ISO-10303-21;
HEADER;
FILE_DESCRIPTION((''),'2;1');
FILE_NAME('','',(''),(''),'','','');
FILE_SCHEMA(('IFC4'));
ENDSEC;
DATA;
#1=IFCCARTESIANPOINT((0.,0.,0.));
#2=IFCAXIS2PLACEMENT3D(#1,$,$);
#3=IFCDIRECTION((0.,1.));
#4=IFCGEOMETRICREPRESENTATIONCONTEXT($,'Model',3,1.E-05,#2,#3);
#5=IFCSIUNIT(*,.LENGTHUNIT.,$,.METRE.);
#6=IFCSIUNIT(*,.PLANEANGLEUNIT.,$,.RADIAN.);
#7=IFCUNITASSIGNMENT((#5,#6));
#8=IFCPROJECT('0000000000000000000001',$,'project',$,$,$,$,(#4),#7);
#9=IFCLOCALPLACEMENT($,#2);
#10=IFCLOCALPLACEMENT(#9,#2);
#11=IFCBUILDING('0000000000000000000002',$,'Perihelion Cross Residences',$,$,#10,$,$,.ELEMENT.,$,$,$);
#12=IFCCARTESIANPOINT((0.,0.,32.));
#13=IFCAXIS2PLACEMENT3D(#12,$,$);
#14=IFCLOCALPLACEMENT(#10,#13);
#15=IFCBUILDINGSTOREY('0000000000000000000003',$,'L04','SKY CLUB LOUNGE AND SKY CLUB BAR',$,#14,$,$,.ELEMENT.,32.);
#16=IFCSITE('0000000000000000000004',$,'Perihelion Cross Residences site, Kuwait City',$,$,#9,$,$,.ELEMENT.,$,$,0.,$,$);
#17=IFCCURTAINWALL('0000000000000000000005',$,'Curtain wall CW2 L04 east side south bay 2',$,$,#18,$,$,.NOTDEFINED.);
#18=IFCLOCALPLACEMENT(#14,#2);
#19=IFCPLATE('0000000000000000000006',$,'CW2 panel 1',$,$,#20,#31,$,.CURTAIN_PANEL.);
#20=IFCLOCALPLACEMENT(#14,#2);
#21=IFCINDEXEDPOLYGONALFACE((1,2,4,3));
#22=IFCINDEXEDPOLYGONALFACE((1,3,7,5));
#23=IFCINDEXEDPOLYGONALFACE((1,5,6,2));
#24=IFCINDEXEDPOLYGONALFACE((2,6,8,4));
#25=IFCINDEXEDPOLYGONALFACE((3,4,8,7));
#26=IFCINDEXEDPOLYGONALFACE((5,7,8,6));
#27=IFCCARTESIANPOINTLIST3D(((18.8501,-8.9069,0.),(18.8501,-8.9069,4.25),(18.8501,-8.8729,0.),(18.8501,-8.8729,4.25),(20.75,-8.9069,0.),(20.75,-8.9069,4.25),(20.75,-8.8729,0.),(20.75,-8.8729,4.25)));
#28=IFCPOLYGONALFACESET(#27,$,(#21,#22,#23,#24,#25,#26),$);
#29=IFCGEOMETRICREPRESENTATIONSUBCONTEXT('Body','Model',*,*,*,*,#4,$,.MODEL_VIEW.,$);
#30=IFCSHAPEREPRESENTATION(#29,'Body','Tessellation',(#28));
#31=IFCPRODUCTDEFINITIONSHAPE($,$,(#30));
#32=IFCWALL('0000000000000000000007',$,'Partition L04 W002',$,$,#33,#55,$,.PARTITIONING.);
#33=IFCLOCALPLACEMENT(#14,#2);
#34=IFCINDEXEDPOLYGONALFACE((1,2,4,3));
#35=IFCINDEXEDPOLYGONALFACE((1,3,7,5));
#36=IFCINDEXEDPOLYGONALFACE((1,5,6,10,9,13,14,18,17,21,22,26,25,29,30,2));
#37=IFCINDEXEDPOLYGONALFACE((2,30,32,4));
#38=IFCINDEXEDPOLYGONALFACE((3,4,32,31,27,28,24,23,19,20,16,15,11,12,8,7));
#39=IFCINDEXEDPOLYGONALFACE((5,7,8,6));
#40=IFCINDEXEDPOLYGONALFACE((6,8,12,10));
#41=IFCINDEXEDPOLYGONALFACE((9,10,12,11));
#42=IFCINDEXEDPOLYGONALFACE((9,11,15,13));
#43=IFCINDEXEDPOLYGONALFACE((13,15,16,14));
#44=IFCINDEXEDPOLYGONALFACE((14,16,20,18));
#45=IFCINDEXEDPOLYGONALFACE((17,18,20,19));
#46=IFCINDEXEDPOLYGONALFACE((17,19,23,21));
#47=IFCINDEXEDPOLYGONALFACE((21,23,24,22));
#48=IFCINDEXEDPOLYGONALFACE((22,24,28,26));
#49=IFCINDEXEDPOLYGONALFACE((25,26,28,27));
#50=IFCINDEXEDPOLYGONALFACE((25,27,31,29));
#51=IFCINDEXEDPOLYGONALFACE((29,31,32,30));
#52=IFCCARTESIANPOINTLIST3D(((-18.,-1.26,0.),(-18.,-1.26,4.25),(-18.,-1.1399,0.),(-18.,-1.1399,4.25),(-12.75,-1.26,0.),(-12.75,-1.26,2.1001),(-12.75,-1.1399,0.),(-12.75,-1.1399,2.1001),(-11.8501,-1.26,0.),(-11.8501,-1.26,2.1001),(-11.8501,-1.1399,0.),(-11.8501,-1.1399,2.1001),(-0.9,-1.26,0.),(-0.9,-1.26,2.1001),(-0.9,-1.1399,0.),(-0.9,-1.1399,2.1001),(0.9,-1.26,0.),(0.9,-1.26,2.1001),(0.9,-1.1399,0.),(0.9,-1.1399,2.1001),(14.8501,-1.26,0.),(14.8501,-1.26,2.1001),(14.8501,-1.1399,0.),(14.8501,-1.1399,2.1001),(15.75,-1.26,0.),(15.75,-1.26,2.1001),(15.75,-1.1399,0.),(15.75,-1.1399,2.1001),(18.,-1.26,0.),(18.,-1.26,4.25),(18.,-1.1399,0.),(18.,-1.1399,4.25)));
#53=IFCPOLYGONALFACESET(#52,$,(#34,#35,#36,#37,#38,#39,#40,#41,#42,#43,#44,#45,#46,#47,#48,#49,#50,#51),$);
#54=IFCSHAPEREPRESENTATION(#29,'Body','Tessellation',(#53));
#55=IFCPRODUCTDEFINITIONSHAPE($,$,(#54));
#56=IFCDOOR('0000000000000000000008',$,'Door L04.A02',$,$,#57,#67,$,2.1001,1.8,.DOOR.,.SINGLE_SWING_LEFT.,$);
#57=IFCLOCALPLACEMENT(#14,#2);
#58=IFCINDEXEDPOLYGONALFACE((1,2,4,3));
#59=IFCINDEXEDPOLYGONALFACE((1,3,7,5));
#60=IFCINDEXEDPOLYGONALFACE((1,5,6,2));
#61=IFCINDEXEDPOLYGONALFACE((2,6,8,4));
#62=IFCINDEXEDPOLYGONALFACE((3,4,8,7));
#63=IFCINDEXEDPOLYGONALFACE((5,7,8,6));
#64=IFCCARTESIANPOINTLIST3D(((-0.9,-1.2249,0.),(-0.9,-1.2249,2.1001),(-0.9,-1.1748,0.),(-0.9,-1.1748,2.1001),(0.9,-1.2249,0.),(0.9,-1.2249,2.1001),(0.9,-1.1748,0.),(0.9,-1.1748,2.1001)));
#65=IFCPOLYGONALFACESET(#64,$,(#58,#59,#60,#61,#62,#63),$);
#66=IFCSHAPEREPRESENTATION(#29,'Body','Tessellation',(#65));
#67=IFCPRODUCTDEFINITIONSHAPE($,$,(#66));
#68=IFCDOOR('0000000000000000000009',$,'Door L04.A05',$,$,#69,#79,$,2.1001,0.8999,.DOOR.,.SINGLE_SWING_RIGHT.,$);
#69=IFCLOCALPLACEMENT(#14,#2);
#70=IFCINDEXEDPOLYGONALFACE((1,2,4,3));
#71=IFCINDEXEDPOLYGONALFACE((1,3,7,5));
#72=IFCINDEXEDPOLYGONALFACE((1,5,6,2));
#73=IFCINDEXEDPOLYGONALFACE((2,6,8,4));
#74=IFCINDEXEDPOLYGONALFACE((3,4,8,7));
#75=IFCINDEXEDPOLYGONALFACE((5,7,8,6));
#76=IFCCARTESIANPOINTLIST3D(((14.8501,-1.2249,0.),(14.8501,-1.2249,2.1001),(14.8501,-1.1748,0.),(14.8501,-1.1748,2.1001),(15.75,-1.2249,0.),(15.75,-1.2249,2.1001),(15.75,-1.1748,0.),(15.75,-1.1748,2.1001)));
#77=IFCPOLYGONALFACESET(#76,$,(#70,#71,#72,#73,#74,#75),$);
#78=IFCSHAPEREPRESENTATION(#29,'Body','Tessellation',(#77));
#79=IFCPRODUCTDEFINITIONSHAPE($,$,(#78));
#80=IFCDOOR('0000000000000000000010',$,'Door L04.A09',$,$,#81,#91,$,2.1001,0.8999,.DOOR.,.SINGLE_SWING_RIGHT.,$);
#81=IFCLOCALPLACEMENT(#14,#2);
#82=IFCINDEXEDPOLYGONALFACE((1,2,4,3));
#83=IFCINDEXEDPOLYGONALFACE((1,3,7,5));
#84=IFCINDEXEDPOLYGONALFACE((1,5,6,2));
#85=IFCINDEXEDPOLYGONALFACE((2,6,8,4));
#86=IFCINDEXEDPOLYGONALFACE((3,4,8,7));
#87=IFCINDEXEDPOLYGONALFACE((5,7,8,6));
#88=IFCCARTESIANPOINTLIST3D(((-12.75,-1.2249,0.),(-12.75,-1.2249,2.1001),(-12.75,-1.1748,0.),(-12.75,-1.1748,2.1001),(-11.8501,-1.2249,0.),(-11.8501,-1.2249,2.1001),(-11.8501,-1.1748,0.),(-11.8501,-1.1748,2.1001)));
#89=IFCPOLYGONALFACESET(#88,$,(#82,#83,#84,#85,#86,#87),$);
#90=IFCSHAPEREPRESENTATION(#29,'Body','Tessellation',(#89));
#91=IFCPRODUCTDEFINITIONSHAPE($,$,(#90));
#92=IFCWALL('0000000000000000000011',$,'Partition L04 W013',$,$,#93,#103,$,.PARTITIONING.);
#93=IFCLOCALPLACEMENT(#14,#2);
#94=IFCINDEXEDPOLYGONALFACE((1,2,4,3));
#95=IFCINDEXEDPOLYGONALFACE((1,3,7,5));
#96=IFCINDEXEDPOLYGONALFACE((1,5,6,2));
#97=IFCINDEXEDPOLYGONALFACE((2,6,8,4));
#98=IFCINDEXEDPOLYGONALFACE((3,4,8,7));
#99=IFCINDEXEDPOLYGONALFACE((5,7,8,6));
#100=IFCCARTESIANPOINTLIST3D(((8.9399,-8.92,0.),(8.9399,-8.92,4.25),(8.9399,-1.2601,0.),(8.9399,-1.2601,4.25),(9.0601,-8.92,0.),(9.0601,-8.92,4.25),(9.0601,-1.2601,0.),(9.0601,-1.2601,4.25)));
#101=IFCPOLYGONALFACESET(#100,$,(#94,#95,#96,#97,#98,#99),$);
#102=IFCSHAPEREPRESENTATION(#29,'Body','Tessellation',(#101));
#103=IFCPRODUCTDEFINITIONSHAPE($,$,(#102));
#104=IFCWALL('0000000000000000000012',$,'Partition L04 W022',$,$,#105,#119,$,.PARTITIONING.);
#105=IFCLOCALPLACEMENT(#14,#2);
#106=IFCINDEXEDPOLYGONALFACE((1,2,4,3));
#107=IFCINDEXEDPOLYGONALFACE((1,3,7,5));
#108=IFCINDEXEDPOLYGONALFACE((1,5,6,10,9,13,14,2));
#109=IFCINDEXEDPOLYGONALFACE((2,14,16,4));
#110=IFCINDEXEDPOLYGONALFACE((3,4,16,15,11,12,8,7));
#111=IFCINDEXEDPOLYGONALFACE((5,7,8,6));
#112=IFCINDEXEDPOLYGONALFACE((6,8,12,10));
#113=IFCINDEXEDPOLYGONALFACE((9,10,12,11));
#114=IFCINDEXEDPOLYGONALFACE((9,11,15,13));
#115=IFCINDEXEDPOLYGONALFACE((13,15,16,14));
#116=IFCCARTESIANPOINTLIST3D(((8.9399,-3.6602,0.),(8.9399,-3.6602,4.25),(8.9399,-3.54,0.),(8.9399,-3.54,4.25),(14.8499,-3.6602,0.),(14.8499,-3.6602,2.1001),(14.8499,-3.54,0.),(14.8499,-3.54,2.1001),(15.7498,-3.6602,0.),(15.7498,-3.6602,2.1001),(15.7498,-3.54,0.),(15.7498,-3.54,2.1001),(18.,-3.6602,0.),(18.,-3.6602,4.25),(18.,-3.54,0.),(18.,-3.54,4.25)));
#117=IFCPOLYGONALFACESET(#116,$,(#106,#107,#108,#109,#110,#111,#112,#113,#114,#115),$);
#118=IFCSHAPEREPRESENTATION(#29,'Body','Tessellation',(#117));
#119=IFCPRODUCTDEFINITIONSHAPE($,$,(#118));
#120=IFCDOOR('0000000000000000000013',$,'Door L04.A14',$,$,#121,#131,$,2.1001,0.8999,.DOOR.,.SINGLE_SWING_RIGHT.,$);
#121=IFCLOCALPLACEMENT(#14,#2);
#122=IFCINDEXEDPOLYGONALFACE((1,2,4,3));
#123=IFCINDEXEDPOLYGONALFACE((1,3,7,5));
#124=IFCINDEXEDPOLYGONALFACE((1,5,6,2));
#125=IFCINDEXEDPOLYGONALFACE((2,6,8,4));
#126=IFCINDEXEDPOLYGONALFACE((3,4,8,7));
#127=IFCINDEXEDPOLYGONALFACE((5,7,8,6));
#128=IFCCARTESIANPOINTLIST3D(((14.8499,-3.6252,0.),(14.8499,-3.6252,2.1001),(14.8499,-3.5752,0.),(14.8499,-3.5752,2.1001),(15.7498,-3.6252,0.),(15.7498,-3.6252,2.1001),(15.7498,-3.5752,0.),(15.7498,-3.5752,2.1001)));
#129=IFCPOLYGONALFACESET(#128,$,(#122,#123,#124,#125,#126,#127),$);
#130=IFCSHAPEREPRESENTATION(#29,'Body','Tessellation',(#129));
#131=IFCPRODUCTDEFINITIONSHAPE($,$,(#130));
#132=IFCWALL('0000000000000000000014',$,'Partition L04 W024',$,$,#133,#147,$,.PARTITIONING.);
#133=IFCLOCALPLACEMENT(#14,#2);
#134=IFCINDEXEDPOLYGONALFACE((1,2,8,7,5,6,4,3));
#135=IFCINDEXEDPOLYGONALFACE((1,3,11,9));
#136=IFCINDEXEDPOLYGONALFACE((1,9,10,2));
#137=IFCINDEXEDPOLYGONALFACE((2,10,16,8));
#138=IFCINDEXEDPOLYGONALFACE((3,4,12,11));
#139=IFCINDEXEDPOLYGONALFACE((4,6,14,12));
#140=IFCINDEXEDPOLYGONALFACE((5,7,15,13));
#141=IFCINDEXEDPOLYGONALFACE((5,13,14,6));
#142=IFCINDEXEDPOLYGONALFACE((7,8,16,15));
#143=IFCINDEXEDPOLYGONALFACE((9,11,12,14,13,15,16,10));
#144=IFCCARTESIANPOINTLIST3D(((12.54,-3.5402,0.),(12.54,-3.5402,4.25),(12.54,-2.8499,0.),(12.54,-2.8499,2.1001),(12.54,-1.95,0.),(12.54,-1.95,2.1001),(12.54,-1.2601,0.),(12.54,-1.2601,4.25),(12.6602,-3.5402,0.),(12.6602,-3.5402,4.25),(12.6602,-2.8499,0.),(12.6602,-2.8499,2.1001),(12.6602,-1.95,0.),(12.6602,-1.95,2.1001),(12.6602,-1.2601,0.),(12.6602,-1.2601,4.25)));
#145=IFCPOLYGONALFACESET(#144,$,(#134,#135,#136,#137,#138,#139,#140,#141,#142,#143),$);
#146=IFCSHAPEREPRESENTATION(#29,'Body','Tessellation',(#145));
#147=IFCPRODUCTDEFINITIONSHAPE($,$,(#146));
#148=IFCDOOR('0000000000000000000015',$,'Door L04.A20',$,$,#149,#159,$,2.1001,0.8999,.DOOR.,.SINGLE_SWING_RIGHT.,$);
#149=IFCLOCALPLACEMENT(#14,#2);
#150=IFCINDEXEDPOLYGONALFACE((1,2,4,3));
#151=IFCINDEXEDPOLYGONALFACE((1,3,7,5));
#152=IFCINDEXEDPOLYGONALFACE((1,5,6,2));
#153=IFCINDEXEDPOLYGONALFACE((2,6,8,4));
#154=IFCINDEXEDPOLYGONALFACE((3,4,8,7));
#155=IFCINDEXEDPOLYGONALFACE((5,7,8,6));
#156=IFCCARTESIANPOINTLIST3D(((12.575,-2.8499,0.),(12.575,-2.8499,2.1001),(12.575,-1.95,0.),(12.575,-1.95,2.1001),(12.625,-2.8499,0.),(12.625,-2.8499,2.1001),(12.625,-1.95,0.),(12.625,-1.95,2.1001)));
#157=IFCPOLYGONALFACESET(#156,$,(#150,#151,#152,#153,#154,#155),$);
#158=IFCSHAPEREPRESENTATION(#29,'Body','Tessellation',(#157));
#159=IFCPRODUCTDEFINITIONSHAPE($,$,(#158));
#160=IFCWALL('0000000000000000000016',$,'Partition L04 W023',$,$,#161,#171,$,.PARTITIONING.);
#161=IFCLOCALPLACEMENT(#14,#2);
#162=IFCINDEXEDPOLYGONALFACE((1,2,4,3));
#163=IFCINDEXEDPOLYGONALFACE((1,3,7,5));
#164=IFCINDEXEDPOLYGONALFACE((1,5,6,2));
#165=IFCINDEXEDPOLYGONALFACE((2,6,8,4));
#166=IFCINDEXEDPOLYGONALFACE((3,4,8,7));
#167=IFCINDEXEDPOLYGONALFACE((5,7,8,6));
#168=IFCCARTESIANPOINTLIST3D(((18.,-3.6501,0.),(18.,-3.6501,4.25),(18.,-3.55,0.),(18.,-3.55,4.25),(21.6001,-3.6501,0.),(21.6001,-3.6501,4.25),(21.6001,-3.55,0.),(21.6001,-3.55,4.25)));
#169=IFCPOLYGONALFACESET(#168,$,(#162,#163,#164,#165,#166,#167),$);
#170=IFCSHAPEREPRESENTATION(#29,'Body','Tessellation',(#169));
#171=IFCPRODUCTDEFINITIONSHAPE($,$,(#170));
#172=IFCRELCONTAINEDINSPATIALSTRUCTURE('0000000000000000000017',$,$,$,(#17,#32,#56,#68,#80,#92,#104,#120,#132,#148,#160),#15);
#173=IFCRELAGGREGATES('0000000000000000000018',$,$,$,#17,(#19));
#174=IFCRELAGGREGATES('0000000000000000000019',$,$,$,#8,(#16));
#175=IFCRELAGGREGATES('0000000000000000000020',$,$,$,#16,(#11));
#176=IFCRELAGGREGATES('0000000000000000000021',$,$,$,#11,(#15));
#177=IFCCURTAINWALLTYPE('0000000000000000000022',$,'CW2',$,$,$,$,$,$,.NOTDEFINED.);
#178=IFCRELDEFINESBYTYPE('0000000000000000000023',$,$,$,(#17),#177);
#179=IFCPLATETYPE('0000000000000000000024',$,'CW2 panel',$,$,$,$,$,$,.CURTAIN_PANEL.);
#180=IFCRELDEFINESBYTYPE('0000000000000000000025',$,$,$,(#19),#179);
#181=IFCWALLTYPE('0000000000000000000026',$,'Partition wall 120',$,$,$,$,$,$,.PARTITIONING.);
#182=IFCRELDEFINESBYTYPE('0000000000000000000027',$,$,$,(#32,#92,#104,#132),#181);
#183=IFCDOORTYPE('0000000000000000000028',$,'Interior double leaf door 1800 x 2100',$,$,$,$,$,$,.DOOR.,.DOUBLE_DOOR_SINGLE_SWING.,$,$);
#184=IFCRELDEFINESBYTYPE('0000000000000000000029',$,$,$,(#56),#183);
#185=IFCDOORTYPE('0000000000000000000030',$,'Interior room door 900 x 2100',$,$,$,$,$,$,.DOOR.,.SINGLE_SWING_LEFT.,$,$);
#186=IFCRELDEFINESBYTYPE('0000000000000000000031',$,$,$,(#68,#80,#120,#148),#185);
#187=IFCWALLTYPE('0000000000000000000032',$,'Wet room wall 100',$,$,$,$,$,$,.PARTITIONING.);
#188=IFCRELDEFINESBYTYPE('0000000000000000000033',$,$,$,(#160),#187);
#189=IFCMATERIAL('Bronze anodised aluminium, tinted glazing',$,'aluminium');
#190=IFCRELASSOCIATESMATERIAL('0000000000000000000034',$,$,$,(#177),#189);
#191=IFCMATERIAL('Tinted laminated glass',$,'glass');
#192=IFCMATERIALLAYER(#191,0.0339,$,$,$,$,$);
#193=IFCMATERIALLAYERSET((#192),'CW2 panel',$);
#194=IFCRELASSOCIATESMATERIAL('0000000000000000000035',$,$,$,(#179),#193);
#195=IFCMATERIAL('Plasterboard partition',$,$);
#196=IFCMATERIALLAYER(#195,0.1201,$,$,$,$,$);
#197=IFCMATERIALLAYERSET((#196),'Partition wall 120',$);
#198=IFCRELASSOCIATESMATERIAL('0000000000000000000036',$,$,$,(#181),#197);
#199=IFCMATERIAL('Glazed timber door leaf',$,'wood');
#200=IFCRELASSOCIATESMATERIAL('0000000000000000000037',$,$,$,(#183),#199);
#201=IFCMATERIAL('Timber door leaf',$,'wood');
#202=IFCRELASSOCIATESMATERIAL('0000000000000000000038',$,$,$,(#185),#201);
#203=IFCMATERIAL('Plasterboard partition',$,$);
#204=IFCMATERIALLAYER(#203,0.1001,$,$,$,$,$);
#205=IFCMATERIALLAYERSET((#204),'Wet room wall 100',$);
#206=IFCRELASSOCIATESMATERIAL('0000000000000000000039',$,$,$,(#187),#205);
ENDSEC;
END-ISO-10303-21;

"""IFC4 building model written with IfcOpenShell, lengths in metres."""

from ifc_helpers import new_model, si_unit, direction, frame, frame_2d, origin, origin_2d, place, context, subcontext, project, spatial, rectangle, extrude, material, layer, layer_set, type_object, element, fill, aggregate, save


model = new_model("IFC4")

# Units and contexts
model_context = context("Model", 3, precision=1e-05, world=origin(), true_north=direction((0.0, 1.0)))
body_context = subcontext(model_context, "Body", "Model", "MODEL_VIEW")
ifc_project = project(units=[si_unit("LENGTHUNIT", "METRE"), si_unit("PLANEANGLEUNIT", "RADIAN")], contexts=[model_context])

# Site, building, storey
site_placement = place(None, origin())
site = spatial("IfcSite", under=ifc_project, at=site_placement, Name="Perihelion Cross Residences site, Kuwait City", CompositionType="ELEMENT", RefElevation=0.0)
building_placement = place(site_placement, origin())
building = spatial("IfcBuilding", under=site, at=building_placement, Name="Perihelion Cross Residences", CompositionType="ELEMENT")
storey_placement = place(building_placement, frame((0.0, 0.0, 32.0)))
storey = spatial("IfcBuildingStorey", under=building, at=storey_placement, Name="L04", Description="SKY CLUB LOUNGE AND SKY CLUB BAR", CompositionType="ELEMENT", Elevation=32.0)

# Curtain wall
ifc_material_1 = material(Name="Bronze anodised aluminium, tinted glazing", Category="aluminium")
curtain_wall_type = type_object("IfcCurtainWallType", Name="CW2", PredefinedType="NOTDEFINED", material=ifc_material_1)
curtain_wall_1_placement = place(storey_placement, origin())
curtain_wall_1 = element("IfcCurtainWall", 1, at=curtain_wall_1_placement, inside=storey, type_object=curtain_wall_type, Name="Curtain wall CW2 L04 east side south bay 2", PredefinedType="NOTDEFINED")

# Plate
ifc_material_2 = material(Name="Tinted laminated glass", Category="glass")
ifc_layer_1 = layer(ifc_material_2, 0.0339)
ifc_layer_set_1 = layer_set([ifc_layer_1], Name="CW2 panel")
plate_type = type_object("IfcPlateType", Name="CW2 panel", PredefinedType="CURTAIN_PANEL", material=ifc_layer_set_1)
plate_1_placement = place(storey_placement, frame((19.8, -8.8899, 0.0), z_axis=(0.0, 0.0, 1.0), x_axis=(1.0, 0.0, 0.0)))
plate_1 = element("IfcPlate", 2, at=plate_1_placement, type_object=plate_type, Name="CW2 panel 1", PredefinedType="CURTAIN_PANEL", context=body_context, shape_type="SweptSolid", body=[
    extrude(rectangle(XDim=1.8999, YDim=0.0339, at=origin_2d()), origin(), (0.0, 0.0, 1.0), 4.25),
])
aggregate(curtain_wall_1, [plate_1])

# Wall, openings, doors
ifc_material_3 = material(Name="Plasterboard partition")
ifc_layer_2 = layer(ifc_material_3, 0.1201)
ifc_layer_set_2 = layer_set([ifc_layer_2], Name="Partition wall 120")
wall_type_1 = type_object("IfcWallType", Name="Partition wall 120", PredefinedType="PARTITIONING", material=ifc_layer_set_2)
wall_1_placement = place(storey_placement, frame((18.0, -1.2, 0.0), z_axis=(0.0, 0.0, 1.0), x_axis=(-1.0, 0.0, 0.0)))
wall_1 = element("IfcWall", 3, at=wall_1_placement, inside=storey, type_object=wall_type_1, Name="Partition L04 W002", PredefinedType="PARTITIONING", context=body_context, shape_type="SweptSolid", body=[
    extrude(rectangle(XDim=36.0, YDim=0.1201, at=frame_2d((18.0, 0.0))), origin(), (0.0, 0.0, 1.0), 4.25),
])
opening_1_placement = place(wall_1_placement, frame((17.1001, 0.0, 0.0)))
opening_1 = element("IfcOpeningElement", 4, at=opening_1_placement, cuts=wall_1, PredefinedType="OPENING", context=body_context, shape_type="SweptSolid", body=[
    extrude(rectangle(XDim=1.8, YDim=2.1001, at=frame_2d((0.8999, 1.05))), frame((0.0, 0.0701, 0.0), z_axis=(0.0, -1.0, 0.0), x_axis=(1.0, 0.0, 0.0)), (0.0, 0.0, 1.0), 0.1401),
])
opening_2_placement = place(wall_1_placement, frame((2.25, 0.0, 0.0)))
opening_2 = element("IfcOpeningElement", 5, at=opening_2_placement, cuts=wall_1, PredefinedType="OPENING", context=body_context, shape_type="SweptSolid", body=[
    extrude(rectangle(XDim=0.8999, YDim=2.1001, at=frame_2d((0.45, 1.05))), frame((0.0, 0.0701, 0.0), z_axis=(0.0, -1.0, 0.0), x_axis=(1.0, 0.0, 0.0)), (0.0, 0.0, 1.0), 0.1401),
])
opening_3_placement = place(wall_1_placement, frame((29.8501, 0.0, 0.0)))
opening_3 = element("IfcOpeningElement", 6, at=opening_3_placement, cuts=wall_1, PredefinedType="OPENING", context=body_context, shape_type="SweptSolid", body=[
    extrude(rectangle(XDim=0.8999, YDim=2.1001, at=frame_2d((0.45, 1.05))), frame((0.0, 0.0701, 0.0), z_axis=(0.0, -1.0, 0.0), x_axis=(1.0, 0.0, 0.0)), (0.0, 0.0, 1.0), 0.1401),
])
ifc_material_4 = material(Name="Glazed timber door leaf", Category="wood")
door_type_1 = type_object("IfcDoorType", Name="Interior double leaf door 1800 x 2100", OperationType="DOUBLE_DOOR_SINGLE_SWING", PredefinedType="DOOR", material=ifc_material_4)
door_1_placement = place(opening_1_placement, origin())
door_1 = element("IfcDoor", 7, at=door_1_placement, inside=storey, type_object=door_type_1, Name="Door L04.A02", OperationType="SINGLE_SWING_LEFT", OverallHeight=2.1001, OverallWidth=1.8, PredefinedType="DOOR", context=body_context, shape_type="SweptSolid", body=[
    extrude(rectangle(XDim=1.8, YDim=2.1001, at=frame_2d((0.8999, 1.05))), frame((0.0, 0.0249, 0.0), z_axis=(0.0, -1.0, 0.0), x_axis=(1.0, 0.0, 0.0)), (0.0, 0.0, 1.0), 0.05),
])
fill(opening_1, door_1)
ifc_material_5 = material(Name="Timber door leaf", Category="wood")
door_type_2 = type_object("IfcDoorType", Name="Interior room door 900 x 2100", OperationType="SINGLE_SWING_LEFT", PredefinedType="DOOR", material=ifc_material_5)
door_2_placement = place(opening_2_placement, origin())
door_2 = element("IfcDoor", 8, at=door_2_placement, inside=storey, type_object=door_type_2, Name="Door L04.A05", OperationType="SINGLE_SWING_RIGHT", OverallHeight=2.1001, OverallWidth=0.8999, PredefinedType="DOOR", context=body_context, shape_type="SweptSolid", body=[
    extrude(rectangle(XDim=0.8999, YDim=2.1001, at=frame_2d((0.45, 1.05))), frame((0.0, 0.0249, 0.0), z_axis=(0.0, -1.0, 0.0), x_axis=(1.0, 0.0, 0.0)), (0.0, 0.0, 1.0), 0.05),
])
fill(opening_2, door_2)
door_3_placement = place(opening_3_placement, origin())
door_3 = element("IfcDoor", 9, at=door_3_placement, inside=storey, type_object=door_type_2, Name="Door L04.A09", OperationType="SINGLE_SWING_RIGHT", OverallHeight=2.1001, OverallWidth=0.8999, PredefinedType="DOOR", context=body_context, shape_type="SweptSolid", body=[
    extrude(rectangle(XDim=0.8999, YDim=2.1001, at=frame_2d((0.45, 1.05))), frame((0.0, 0.0249, 0.0), z_axis=(0.0, -1.0, 0.0), x_axis=(1.0, 0.0, 0.0)), (0.0, 0.0, 1.0), 0.05),
])
fill(opening_3, door_3)

# Wall
wall_2_placement = place(storey_placement, frame((9.0, -1.26, 0.0), z_axis=(0.0, 0.0, 1.0), x_axis=(0.0, -1.0, 0.0)))
element("IfcWall", 10, at=wall_2_placement, inside=storey, type_object=wall_type_1, Name="Partition L04 W013", PredefinedType="PARTITIONING", context=body_context, shape_type="SweptSolid", body=[
    extrude(rectangle(XDim=7.6599, YDim=0.1201, at=frame_2d((3.8301, 0.0))), origin(), (0.0, 0.0, 1.0), 4.25),
])

# Walls, openings, doors
wall_3_placement = place(storey_placement, frame((8.9399, -3.6001, 0.0), z_axis=(0.0, 0.0, 1.0), x_axis=(1.0, 0.0, 0.0)))
wall_3 = element("IfcWall", 11, at=wall_3_placement, inside=storey, type_object=wall_type_1, Name="Partition L04 W022", PredefinedType="PARTITIONING", context=body_context, shape_type="SweptSolid", body=[
    extrude(rectangle(XDim=9.0601, YDim=0.1201, at=frame_2d((4.53, 0.0))), origin(), (0.0, 0.0, 1.0), 4.25),
])
opening_4_placement = place(wall_3_placement, frame((5.9099, 0.0, 0.0)))
opening_4 = element("IfcOpeningElement", 12, at=opening_4_placement, cuts=wall_3, PredefinedType="OPENING", context=body_context, shape_type="SweptSolid", body=[
    extrude(rectangle(XDim=0.8999, YDim=2.1001, at=frame_2d((0.45, 1.05))), frame((0.0, 0.0701, 0.0), z_axis=(0.0, -1.0, 0.0), x_axis=(1.0, 0.0, 0.0)), (0.0, 0.0, 1.0), 0.1401),
])
door_4_placement = place(opening_4_placement, origin())
door_4 = element("IfcDoor", 13, at=door_4_placement, inside=storey, type_object=door_type_2, Name="Door L04.A14", OperationType="SINGLE_SWING_RIGHT", OverallHeight=2.1001, OverallWidth=0.8999, PredefinedType="DOOR", context=body_context, shape_type="SweptSolid", body=[
    extrude(rectangle(XDim=0.8999, YDim=2.1001, at=frame_2d((0.45, 1.05))), frame((0.0, 0.0249, 0.0), z_axis=(0.0, -1.0, 0.0), x_axis=(1.0, 0.0, 0.0)), (0.0, 0.0, 1.0), 0.05),
])
fill(opening_4, door_4)
wall_4_placement = place(storey_placement, frame((12.6001, -1.26, 0.0), z_axis=(0.0, 0.0, 1.0), x_axis=(0.0, -1.0, 0.0)))
wall_4 = element("IfcWall", 14, at=wall_4_placement, inside=storey, type_object=wall_type_1, Name="Partition L04 W024", PredefinedType="PARTITIONING", context=body_context, shape_type="SweptSolid", body=[
    extrude(rectangle(XDim=2.28, YDim=0.1201, at=frame_2d((1.1401, 0.0))), origin(), (0.0, 0.0, 1.0), 4.25),
])
opening_5_placement = place(wall_4_placement, frame((0.6899, 0.0, 0.0)))
opening_5 = element("IfcOpeningElement", 15, at=opening_5_placement, cuts=wall_4, PredefinedType="OPENING", context=body_context, shape_type="SweptSolid", body=[
    extrude(rectangle(XDim=0.8999, YDim=2.1001, at=frame_2d((0.45, 1.05))), frame((0.0, 0.0701, 0.0), z_axis=(0.0, -1.0, 0.0), x_axis=(1.0, 0.0, 0.0)), (0.0, 0.0, 1.0), 0.1401),
])
door_5_placement = place(opening_5_placement, origin())
door_5 = element("IfcDoor", 16, at=door_5_placement, inside=storey, type_object=door_type_2, Name="Door L04.A20", OperationType="SINGLE_SWING_RIGHT", OverallHeight=2.1001, OverallWidth=0.8999, PredefinedType="DOOR", context=body_context, shape_type="SweptSolid", body=[
    extrude(rectangle(XDim=0.8999, YDim=2.1001, at=frame_2d((0.45, 1.05))), frame((0.0, 0.0249, 0.0), z_axis=(0.0, -1.0, 0.0), x_axis=(1.0, 0.0, 0.0)), (0.0, 0.0, 1.0), 0.05),
])
fill(opening_5, door_5)

# Wall
ifc_material_6 = material(Name="Plasterboard partition")
ifc_layer_3 = layer(ifc_material_6, 0.1001)
ifc_layer_set_3 = layer_set([ifc_layer_3], Name="Wet room wall 100")
wall_type_2 = type_object("IfcWallType", Name="Wet room wall 100", PredefinedType="PARTITIONING", material=ifc_layer_set_3)
wall_5_placement = place(storey_placement, frame((18.0, -3.6001, 0.0), z_axis=(0.0, 0.0, 1.0), x_axis=(1.0, 0.0, 0.0)))
element("IfcWall", 17, at=wall_5_placement, inside=storey, type_object=wall_type_2, Name="Partition L04 W023", PredefinedType="PARTITIONING", context=body_context, shape_type="SweptSolid", body=[
    extrude(rectangle(XDim=3.6001, YDim=0.1001, at=frame_2d((1.8, 0.0))), origin(), (0.0, 0.0, 1.0), 4.25),
])

save(model, "model.ifc")
